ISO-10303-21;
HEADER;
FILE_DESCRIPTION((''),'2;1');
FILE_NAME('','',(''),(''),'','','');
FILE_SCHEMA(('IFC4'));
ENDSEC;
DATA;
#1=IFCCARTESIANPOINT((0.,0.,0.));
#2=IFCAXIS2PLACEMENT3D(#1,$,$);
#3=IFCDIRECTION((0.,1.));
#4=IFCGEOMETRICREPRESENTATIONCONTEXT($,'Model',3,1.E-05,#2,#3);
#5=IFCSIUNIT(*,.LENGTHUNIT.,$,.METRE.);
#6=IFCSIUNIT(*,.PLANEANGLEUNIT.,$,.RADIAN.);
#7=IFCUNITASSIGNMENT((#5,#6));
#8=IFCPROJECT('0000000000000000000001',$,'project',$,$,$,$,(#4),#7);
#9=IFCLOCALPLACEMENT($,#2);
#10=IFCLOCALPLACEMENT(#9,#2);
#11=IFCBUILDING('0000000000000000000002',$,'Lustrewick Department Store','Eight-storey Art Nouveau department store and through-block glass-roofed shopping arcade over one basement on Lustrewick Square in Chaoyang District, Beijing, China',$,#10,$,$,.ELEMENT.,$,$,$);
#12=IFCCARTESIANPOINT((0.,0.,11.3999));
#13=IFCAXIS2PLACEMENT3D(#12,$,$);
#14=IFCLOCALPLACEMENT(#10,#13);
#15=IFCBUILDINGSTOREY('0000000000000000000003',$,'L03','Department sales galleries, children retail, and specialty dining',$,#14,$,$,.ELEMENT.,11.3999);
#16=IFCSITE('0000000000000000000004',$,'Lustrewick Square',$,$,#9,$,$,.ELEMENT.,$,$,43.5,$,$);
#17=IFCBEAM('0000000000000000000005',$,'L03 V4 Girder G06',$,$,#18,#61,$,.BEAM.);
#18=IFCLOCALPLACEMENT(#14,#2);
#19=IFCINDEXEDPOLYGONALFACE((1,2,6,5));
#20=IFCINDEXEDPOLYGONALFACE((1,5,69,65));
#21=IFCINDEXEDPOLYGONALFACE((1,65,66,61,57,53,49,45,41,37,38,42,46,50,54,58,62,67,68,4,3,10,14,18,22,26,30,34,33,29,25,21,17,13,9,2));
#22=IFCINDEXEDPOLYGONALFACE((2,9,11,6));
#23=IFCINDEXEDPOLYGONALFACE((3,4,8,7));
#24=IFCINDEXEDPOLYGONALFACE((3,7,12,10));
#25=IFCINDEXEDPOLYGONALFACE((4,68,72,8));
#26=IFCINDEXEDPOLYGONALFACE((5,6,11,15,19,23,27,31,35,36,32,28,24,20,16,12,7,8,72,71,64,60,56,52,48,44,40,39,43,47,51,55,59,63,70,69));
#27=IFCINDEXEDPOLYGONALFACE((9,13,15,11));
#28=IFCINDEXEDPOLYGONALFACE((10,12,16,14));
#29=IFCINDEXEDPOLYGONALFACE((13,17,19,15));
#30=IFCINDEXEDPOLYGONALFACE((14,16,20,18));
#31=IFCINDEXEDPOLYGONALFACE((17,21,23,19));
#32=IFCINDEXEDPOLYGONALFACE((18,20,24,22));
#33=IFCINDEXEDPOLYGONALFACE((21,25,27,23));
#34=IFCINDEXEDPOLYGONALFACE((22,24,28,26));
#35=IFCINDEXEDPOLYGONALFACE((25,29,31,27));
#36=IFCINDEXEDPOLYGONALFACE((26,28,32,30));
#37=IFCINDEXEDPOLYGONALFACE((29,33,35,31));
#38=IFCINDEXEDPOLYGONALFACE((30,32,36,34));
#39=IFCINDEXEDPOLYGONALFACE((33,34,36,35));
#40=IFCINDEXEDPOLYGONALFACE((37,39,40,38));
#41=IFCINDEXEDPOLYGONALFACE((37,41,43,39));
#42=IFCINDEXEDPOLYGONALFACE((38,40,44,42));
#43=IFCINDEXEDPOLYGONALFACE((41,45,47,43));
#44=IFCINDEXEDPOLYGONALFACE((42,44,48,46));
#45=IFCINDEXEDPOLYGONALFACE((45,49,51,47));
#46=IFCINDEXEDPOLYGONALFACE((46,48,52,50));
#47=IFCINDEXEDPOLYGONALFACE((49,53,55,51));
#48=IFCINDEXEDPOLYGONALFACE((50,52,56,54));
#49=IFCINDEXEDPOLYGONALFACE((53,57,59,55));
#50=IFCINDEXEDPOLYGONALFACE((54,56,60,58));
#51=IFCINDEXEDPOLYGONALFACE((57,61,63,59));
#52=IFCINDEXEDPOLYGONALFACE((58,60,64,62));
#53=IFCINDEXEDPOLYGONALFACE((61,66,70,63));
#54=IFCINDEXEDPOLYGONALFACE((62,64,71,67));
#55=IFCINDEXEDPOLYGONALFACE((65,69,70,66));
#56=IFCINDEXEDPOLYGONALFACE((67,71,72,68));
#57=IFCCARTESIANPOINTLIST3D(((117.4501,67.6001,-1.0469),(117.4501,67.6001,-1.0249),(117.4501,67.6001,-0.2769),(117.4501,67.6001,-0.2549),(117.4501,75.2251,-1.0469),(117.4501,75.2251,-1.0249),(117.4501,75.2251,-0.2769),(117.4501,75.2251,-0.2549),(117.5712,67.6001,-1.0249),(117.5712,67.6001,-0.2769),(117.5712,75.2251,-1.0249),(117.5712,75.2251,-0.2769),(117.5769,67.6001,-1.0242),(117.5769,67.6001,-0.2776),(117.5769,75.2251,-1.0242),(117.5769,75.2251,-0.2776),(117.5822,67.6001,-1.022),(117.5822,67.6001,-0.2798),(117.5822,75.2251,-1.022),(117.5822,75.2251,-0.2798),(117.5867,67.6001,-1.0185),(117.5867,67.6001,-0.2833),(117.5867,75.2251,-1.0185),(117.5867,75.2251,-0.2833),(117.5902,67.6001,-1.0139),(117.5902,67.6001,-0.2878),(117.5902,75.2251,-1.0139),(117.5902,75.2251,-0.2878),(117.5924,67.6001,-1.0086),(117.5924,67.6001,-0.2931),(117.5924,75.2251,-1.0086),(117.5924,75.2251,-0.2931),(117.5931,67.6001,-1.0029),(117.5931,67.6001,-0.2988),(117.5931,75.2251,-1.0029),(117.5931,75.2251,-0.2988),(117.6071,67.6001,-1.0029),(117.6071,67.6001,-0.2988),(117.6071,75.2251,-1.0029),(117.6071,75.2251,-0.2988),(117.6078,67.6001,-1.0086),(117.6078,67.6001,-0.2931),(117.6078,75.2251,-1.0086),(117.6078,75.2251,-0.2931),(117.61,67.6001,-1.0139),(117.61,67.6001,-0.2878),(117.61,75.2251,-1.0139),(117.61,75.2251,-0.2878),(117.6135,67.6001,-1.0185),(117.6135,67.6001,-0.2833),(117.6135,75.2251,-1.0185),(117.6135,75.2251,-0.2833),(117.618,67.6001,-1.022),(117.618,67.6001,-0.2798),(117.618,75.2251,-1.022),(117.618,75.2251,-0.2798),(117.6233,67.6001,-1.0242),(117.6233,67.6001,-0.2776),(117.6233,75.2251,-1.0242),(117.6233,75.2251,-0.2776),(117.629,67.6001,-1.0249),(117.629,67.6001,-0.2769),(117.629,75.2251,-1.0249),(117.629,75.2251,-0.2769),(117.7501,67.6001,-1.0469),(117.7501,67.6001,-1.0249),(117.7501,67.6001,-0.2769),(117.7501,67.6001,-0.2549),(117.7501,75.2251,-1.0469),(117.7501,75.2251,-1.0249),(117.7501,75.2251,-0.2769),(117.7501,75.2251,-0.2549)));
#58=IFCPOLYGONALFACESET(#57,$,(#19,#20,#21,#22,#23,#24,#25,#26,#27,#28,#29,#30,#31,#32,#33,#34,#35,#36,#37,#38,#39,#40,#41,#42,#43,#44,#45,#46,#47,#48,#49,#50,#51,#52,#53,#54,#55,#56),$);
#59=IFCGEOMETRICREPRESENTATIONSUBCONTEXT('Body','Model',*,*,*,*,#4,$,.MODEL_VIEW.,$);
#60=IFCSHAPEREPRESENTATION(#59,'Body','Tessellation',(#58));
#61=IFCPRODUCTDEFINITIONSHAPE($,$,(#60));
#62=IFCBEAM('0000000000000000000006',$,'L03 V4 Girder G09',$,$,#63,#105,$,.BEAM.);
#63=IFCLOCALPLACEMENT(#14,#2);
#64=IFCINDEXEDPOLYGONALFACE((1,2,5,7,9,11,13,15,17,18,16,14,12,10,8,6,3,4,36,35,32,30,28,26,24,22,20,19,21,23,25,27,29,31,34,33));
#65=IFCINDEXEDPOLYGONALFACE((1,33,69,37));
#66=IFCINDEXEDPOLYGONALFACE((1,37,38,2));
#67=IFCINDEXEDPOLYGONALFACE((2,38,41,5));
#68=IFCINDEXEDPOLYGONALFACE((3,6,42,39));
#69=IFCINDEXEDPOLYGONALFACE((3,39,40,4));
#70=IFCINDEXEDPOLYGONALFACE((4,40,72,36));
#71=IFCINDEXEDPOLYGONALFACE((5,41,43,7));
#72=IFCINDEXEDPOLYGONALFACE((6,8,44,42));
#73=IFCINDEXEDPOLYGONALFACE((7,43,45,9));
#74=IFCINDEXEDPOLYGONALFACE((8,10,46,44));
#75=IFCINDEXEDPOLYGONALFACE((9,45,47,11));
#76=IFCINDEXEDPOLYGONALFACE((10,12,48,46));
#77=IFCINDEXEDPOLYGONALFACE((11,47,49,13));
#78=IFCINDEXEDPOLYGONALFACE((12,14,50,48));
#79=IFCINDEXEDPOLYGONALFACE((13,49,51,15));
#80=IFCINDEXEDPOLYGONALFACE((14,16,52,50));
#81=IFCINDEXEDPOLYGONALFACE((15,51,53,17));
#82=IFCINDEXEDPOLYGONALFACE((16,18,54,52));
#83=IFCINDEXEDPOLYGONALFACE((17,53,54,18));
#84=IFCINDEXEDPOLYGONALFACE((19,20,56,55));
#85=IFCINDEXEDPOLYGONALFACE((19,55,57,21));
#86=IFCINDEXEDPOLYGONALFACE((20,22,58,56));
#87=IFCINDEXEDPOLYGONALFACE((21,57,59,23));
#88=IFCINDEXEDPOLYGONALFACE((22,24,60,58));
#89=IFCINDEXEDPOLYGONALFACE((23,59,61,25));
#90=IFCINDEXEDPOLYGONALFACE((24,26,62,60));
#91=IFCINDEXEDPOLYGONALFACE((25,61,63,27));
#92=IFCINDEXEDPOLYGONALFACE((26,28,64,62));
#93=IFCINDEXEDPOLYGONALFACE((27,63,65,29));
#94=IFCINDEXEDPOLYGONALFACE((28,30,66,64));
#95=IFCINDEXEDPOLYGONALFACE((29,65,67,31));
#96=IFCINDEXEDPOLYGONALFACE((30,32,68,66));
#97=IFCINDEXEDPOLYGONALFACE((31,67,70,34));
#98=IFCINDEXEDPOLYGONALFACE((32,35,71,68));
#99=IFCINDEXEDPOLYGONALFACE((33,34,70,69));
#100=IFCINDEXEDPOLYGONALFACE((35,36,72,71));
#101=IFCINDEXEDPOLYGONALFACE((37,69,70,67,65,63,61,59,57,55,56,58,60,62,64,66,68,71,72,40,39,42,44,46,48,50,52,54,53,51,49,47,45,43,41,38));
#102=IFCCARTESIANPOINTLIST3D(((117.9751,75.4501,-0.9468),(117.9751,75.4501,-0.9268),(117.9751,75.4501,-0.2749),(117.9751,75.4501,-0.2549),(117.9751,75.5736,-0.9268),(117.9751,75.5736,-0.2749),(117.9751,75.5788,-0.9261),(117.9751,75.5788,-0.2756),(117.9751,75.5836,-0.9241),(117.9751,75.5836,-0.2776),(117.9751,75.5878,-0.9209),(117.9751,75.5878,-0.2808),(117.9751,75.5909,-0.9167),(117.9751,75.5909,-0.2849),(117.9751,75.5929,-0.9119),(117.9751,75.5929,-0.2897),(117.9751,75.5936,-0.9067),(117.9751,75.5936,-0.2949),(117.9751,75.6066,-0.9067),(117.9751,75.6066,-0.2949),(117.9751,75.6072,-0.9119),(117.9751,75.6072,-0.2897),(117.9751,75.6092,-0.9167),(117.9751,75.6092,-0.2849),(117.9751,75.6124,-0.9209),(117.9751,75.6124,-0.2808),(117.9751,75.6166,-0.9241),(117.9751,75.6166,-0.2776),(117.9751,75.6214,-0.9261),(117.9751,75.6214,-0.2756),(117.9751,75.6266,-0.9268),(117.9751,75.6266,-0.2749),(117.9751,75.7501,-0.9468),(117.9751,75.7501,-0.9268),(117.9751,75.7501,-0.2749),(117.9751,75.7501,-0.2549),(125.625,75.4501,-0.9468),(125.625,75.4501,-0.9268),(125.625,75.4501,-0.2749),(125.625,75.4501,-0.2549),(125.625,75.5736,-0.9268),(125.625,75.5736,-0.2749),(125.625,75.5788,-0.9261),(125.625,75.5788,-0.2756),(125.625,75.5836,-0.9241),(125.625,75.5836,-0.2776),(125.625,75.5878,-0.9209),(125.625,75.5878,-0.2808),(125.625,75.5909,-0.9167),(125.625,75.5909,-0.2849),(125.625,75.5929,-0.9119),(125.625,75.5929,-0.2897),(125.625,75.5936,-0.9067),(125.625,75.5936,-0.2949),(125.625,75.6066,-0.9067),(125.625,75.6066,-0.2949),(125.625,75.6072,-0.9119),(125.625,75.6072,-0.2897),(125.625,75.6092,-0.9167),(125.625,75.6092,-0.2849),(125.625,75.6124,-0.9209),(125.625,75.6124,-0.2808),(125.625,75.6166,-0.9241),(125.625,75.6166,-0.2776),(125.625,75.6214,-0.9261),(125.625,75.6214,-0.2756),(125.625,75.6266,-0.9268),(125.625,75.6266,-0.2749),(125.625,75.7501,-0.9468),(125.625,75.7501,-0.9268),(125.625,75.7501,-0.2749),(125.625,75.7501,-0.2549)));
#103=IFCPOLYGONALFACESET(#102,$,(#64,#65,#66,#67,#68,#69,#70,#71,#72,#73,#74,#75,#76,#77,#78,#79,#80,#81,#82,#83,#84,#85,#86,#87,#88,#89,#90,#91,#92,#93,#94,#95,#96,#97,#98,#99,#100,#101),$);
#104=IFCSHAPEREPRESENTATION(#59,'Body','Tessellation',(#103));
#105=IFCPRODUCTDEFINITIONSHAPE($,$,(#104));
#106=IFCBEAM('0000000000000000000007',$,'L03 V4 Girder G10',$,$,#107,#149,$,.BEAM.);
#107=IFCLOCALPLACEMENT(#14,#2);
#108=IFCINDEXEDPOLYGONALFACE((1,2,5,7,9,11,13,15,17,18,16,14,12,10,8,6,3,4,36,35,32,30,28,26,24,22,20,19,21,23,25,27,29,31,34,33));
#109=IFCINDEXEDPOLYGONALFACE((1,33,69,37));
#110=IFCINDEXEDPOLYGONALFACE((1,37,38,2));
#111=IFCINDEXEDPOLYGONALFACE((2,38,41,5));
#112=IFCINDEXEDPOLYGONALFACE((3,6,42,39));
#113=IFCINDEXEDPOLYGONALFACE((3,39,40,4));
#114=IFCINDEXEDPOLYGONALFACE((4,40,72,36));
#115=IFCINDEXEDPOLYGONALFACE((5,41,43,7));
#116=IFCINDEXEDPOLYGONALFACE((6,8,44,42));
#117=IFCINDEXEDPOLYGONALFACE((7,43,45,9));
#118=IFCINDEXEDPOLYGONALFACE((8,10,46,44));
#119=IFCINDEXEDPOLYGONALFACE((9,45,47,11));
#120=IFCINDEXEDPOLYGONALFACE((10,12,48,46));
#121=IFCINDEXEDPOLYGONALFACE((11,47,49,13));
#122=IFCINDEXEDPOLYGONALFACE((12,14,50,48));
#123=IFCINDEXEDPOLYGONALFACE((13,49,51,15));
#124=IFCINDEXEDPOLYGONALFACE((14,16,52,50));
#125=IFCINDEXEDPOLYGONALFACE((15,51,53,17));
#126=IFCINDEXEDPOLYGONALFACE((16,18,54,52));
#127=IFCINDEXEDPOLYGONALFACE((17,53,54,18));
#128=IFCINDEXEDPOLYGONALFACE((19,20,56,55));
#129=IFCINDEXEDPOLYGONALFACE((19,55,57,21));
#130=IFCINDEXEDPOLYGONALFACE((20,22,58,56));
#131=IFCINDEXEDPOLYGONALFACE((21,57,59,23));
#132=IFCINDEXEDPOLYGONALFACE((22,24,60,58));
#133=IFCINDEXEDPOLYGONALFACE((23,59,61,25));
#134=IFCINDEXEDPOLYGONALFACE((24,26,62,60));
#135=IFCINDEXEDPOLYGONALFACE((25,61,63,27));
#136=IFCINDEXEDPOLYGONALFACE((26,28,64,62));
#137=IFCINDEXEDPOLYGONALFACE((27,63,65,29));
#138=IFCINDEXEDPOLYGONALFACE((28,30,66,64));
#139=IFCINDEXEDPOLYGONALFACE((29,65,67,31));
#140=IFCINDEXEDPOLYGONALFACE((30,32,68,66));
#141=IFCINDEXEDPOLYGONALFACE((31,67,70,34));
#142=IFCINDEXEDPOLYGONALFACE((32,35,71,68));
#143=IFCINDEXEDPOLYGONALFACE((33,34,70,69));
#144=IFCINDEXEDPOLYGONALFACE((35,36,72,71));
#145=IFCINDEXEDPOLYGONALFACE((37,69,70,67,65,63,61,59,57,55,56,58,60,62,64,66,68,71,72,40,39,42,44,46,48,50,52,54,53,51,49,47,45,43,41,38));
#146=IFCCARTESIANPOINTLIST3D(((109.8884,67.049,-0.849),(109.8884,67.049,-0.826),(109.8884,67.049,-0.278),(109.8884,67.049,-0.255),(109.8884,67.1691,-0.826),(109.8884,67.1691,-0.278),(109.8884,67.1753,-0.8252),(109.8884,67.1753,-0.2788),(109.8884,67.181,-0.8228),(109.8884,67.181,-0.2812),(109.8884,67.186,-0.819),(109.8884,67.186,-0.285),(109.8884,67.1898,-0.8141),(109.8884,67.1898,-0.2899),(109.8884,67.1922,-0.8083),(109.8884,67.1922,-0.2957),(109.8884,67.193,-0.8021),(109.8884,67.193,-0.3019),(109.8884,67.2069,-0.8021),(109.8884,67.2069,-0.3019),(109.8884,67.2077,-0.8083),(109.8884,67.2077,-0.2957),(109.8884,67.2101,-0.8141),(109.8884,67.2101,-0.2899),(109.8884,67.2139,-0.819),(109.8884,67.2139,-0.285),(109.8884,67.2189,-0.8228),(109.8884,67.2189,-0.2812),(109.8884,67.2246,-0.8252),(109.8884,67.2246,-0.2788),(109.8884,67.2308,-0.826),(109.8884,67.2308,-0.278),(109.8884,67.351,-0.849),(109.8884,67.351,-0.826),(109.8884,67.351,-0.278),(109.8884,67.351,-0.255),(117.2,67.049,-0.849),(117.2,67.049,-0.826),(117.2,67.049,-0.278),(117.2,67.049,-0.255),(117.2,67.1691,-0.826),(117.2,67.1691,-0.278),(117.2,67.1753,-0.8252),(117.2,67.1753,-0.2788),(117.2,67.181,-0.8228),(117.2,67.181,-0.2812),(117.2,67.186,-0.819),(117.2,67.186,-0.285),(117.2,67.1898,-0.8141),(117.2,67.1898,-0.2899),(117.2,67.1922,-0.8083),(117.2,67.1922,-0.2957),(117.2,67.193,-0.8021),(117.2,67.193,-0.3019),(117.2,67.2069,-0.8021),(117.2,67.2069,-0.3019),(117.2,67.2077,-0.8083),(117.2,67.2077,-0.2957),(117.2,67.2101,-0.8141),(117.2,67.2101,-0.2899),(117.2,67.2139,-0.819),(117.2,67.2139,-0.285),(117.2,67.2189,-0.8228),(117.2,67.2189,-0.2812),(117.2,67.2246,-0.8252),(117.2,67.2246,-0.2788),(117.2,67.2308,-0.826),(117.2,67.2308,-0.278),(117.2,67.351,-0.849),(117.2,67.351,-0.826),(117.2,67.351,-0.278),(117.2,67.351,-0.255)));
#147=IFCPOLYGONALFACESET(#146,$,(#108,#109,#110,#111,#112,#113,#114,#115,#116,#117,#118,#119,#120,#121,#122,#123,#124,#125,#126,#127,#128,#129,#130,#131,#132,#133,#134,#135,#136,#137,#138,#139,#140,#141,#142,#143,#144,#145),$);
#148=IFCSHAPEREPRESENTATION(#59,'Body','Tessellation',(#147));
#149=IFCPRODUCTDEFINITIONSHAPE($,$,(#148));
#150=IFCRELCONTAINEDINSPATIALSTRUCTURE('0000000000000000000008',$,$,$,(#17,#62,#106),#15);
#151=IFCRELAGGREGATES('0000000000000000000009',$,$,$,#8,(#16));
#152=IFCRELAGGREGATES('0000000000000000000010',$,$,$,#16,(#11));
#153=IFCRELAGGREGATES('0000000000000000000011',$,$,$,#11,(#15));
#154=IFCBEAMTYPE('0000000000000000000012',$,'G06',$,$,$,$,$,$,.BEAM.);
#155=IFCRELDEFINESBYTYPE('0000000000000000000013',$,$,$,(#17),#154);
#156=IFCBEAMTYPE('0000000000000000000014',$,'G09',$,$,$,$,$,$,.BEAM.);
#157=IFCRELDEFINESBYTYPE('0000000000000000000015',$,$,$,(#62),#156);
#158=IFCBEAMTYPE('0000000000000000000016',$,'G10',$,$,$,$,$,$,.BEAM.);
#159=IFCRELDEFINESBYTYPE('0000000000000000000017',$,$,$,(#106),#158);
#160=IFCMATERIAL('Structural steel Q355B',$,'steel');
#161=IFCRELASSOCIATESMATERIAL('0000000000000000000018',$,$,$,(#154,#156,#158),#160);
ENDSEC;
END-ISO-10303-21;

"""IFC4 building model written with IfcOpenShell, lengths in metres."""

from ifc_helpers import new_model, si_unit, direction, frame, origin, origin_2d, place, context, subcontext, project, spatial, i_section, extrude, material, material_profile, profile_set, type_object, element, save


model = new_model("IFC4")

# Units and contexts
model_context = context("Model", 3, precision=1e-05, world=origin(), true_north=direction((0.0, 1.0)))
body_context = subcontext(model_context, "Body", "Model", "MODEL_VIEW")
ifc_project = project(units=[si_unit("LENGTHUNIT", "METRE"), si_unit("PLANEANGLEUNIT", "RADIAN")], contexts=[model_context])

# Site, building, storey
site_placement = place(None, origin())
site = spatial("IfcSite", under=ifc_project, at=site_placement, Name="Lustrewick Square", CompositionType="ELEMENT", RefElevation=43.5)
building_placement = place(site_placement, origin())
building = spatial("IfcBuilding", under=site, at=building_placement, Name="Lustrewick Department Store", Description="Eight-storey Art Nouveau department store and through-block glass-roofed shopping arcade over one basement on Lustrewick Square in Chaoyang District, Beijing, China", CompositionType="ELEMENT")
storey_placement = place(building_placement, frame((0.0, 0.0, 11.3999)))
storey = spatial("IfcBuildingStorey", under=building, at=storey_placement, Name="L03", Description="Department sales galleries, children retail, and specialty dining", CompositionType="ELEMENT", Elevation=11.3999)

# Shared definitions
ifc_material_1 = material(Name="Structural steel Q355B", Category="steel")

# Beams
ifc_material_profile_1 = material_profile(ifc_material_1, i_section(OverallWidth=0.3, OverallDepth=0.792, WebThickness=0.0139, FlangeThickness=0.022, FilletRadius=0.022, at=origin_2d()), Name="HN 792x300x14x22")
ifc_profile_set_1 = profile_set([ifc_material_profile_1], Name="Structural steel Q355B")
beam_type_1 = type_object("IfcBeamType", Name="G06", PredefinedType="BEAM", material=ifc_profile_set_1)
beam_1_placement = place(storey_placement, frame((117.6001, 67.6001, -0.6509), z_axis=(0.0, 1.0, 0.0), x_axis=(-1.0, 0.0, 0.0)))
element("IfcBeam", 1, at=beam_1_placement, inside=storey, type_object=beam_type_1, Name="L03 V4 Girder G06", PredefinedType="BEAM", context=body_context, shape_type="SweptSolid", body=[
    extrude(i_section(OverallWidth=0.3, OverallDepth=0.792, WebThickness=0.0139, FlangeThickness=0.022, FilletRadius=0.022, at=origin_2d()), origin(), (0.0, 0.0, 1.0), 7.625),
])
ifc_material_profile_2 = material_profile(ifc_material_1, i_section(OverallWidth=0.3, OverallDepth=0.6919, WebThickness=0.0129, FlangeThickness=0.02, FilletRadius=0.02, at=origin_2d()), Name="HN 692x300x13x20")
ifc_profile_set_2 = profile_set([ifc_material_profile_2], Name="Structural steel Q355B")
beam_type_2 = type_object("IfcBeamType", Name="G09", PredefinedType="BEAM", material=ifc_profile_set_2)
beam_2_placement = place(storey_placement, frame((117.9751, 75.6001, -0.6008), z_axis=(1.0, 0.0, 0.0), x_axis=(0.0, 1.0, 0.0)))
element("IfcBeam", 2, at=beam_2_placement, inside=storey, type_object=beam_type_2, Name="L03 V4 Girder G09", PredefinedType="BEAM", context=body_context, shape_type="SweptSolid", body=[
    extrude(i_section(OverallWidth=0.3, OverallDepth=0.6919, WebThickness=0.0129, FlangeThickness=0.02, FilletRadius=0.02, at=origin_2d()), origin(), (0.0, 0.0, 1.0), 7.6499),
])
ifc_material_profile_3 = material_profile(ifc_material_1, i_section(OverallWidth=0.302, OverallDepth=0.594, WebThickness=0.0139, FlangeThickness=0.0229, FilletRadius=0.0239, at=origin_2d()), Name="HM 594x302x14x23")
ifc_profile_set_3 = profile_set([ifc_material_profile_3], Name="Structural steel Q355B")
beam_type_3 = type_object("IfcBeamType", Name="G10", PredefinedType="BEAM", material=ifc_profile_set_3)
beam_3_placement = place(storey_placement, frame((109.8884, 67.2, -0.552), z_axis=(1.0, 0.0, 0.0), x_axis=(0.0, 1.0, 0.0)))
element("IfcBeam", 3, at=beam_3_placement, inside=storey, type_object=beam_type_3, Name="L03 V4 Girder G10", PredefinedType="BEAM", context=body_context, shape_type="SweptSolid", body=[
    extrude(i_section(OverallWidth=0.302, OverallDepth=0.594, WebThickness=0.0139, FlangeThickness=0.0229, FilletRadius=0.0239, at=origin_2d()), origin(), (0.0, 0.0, 1.0), 7.3115),
])

save(model, "model.ifc")
